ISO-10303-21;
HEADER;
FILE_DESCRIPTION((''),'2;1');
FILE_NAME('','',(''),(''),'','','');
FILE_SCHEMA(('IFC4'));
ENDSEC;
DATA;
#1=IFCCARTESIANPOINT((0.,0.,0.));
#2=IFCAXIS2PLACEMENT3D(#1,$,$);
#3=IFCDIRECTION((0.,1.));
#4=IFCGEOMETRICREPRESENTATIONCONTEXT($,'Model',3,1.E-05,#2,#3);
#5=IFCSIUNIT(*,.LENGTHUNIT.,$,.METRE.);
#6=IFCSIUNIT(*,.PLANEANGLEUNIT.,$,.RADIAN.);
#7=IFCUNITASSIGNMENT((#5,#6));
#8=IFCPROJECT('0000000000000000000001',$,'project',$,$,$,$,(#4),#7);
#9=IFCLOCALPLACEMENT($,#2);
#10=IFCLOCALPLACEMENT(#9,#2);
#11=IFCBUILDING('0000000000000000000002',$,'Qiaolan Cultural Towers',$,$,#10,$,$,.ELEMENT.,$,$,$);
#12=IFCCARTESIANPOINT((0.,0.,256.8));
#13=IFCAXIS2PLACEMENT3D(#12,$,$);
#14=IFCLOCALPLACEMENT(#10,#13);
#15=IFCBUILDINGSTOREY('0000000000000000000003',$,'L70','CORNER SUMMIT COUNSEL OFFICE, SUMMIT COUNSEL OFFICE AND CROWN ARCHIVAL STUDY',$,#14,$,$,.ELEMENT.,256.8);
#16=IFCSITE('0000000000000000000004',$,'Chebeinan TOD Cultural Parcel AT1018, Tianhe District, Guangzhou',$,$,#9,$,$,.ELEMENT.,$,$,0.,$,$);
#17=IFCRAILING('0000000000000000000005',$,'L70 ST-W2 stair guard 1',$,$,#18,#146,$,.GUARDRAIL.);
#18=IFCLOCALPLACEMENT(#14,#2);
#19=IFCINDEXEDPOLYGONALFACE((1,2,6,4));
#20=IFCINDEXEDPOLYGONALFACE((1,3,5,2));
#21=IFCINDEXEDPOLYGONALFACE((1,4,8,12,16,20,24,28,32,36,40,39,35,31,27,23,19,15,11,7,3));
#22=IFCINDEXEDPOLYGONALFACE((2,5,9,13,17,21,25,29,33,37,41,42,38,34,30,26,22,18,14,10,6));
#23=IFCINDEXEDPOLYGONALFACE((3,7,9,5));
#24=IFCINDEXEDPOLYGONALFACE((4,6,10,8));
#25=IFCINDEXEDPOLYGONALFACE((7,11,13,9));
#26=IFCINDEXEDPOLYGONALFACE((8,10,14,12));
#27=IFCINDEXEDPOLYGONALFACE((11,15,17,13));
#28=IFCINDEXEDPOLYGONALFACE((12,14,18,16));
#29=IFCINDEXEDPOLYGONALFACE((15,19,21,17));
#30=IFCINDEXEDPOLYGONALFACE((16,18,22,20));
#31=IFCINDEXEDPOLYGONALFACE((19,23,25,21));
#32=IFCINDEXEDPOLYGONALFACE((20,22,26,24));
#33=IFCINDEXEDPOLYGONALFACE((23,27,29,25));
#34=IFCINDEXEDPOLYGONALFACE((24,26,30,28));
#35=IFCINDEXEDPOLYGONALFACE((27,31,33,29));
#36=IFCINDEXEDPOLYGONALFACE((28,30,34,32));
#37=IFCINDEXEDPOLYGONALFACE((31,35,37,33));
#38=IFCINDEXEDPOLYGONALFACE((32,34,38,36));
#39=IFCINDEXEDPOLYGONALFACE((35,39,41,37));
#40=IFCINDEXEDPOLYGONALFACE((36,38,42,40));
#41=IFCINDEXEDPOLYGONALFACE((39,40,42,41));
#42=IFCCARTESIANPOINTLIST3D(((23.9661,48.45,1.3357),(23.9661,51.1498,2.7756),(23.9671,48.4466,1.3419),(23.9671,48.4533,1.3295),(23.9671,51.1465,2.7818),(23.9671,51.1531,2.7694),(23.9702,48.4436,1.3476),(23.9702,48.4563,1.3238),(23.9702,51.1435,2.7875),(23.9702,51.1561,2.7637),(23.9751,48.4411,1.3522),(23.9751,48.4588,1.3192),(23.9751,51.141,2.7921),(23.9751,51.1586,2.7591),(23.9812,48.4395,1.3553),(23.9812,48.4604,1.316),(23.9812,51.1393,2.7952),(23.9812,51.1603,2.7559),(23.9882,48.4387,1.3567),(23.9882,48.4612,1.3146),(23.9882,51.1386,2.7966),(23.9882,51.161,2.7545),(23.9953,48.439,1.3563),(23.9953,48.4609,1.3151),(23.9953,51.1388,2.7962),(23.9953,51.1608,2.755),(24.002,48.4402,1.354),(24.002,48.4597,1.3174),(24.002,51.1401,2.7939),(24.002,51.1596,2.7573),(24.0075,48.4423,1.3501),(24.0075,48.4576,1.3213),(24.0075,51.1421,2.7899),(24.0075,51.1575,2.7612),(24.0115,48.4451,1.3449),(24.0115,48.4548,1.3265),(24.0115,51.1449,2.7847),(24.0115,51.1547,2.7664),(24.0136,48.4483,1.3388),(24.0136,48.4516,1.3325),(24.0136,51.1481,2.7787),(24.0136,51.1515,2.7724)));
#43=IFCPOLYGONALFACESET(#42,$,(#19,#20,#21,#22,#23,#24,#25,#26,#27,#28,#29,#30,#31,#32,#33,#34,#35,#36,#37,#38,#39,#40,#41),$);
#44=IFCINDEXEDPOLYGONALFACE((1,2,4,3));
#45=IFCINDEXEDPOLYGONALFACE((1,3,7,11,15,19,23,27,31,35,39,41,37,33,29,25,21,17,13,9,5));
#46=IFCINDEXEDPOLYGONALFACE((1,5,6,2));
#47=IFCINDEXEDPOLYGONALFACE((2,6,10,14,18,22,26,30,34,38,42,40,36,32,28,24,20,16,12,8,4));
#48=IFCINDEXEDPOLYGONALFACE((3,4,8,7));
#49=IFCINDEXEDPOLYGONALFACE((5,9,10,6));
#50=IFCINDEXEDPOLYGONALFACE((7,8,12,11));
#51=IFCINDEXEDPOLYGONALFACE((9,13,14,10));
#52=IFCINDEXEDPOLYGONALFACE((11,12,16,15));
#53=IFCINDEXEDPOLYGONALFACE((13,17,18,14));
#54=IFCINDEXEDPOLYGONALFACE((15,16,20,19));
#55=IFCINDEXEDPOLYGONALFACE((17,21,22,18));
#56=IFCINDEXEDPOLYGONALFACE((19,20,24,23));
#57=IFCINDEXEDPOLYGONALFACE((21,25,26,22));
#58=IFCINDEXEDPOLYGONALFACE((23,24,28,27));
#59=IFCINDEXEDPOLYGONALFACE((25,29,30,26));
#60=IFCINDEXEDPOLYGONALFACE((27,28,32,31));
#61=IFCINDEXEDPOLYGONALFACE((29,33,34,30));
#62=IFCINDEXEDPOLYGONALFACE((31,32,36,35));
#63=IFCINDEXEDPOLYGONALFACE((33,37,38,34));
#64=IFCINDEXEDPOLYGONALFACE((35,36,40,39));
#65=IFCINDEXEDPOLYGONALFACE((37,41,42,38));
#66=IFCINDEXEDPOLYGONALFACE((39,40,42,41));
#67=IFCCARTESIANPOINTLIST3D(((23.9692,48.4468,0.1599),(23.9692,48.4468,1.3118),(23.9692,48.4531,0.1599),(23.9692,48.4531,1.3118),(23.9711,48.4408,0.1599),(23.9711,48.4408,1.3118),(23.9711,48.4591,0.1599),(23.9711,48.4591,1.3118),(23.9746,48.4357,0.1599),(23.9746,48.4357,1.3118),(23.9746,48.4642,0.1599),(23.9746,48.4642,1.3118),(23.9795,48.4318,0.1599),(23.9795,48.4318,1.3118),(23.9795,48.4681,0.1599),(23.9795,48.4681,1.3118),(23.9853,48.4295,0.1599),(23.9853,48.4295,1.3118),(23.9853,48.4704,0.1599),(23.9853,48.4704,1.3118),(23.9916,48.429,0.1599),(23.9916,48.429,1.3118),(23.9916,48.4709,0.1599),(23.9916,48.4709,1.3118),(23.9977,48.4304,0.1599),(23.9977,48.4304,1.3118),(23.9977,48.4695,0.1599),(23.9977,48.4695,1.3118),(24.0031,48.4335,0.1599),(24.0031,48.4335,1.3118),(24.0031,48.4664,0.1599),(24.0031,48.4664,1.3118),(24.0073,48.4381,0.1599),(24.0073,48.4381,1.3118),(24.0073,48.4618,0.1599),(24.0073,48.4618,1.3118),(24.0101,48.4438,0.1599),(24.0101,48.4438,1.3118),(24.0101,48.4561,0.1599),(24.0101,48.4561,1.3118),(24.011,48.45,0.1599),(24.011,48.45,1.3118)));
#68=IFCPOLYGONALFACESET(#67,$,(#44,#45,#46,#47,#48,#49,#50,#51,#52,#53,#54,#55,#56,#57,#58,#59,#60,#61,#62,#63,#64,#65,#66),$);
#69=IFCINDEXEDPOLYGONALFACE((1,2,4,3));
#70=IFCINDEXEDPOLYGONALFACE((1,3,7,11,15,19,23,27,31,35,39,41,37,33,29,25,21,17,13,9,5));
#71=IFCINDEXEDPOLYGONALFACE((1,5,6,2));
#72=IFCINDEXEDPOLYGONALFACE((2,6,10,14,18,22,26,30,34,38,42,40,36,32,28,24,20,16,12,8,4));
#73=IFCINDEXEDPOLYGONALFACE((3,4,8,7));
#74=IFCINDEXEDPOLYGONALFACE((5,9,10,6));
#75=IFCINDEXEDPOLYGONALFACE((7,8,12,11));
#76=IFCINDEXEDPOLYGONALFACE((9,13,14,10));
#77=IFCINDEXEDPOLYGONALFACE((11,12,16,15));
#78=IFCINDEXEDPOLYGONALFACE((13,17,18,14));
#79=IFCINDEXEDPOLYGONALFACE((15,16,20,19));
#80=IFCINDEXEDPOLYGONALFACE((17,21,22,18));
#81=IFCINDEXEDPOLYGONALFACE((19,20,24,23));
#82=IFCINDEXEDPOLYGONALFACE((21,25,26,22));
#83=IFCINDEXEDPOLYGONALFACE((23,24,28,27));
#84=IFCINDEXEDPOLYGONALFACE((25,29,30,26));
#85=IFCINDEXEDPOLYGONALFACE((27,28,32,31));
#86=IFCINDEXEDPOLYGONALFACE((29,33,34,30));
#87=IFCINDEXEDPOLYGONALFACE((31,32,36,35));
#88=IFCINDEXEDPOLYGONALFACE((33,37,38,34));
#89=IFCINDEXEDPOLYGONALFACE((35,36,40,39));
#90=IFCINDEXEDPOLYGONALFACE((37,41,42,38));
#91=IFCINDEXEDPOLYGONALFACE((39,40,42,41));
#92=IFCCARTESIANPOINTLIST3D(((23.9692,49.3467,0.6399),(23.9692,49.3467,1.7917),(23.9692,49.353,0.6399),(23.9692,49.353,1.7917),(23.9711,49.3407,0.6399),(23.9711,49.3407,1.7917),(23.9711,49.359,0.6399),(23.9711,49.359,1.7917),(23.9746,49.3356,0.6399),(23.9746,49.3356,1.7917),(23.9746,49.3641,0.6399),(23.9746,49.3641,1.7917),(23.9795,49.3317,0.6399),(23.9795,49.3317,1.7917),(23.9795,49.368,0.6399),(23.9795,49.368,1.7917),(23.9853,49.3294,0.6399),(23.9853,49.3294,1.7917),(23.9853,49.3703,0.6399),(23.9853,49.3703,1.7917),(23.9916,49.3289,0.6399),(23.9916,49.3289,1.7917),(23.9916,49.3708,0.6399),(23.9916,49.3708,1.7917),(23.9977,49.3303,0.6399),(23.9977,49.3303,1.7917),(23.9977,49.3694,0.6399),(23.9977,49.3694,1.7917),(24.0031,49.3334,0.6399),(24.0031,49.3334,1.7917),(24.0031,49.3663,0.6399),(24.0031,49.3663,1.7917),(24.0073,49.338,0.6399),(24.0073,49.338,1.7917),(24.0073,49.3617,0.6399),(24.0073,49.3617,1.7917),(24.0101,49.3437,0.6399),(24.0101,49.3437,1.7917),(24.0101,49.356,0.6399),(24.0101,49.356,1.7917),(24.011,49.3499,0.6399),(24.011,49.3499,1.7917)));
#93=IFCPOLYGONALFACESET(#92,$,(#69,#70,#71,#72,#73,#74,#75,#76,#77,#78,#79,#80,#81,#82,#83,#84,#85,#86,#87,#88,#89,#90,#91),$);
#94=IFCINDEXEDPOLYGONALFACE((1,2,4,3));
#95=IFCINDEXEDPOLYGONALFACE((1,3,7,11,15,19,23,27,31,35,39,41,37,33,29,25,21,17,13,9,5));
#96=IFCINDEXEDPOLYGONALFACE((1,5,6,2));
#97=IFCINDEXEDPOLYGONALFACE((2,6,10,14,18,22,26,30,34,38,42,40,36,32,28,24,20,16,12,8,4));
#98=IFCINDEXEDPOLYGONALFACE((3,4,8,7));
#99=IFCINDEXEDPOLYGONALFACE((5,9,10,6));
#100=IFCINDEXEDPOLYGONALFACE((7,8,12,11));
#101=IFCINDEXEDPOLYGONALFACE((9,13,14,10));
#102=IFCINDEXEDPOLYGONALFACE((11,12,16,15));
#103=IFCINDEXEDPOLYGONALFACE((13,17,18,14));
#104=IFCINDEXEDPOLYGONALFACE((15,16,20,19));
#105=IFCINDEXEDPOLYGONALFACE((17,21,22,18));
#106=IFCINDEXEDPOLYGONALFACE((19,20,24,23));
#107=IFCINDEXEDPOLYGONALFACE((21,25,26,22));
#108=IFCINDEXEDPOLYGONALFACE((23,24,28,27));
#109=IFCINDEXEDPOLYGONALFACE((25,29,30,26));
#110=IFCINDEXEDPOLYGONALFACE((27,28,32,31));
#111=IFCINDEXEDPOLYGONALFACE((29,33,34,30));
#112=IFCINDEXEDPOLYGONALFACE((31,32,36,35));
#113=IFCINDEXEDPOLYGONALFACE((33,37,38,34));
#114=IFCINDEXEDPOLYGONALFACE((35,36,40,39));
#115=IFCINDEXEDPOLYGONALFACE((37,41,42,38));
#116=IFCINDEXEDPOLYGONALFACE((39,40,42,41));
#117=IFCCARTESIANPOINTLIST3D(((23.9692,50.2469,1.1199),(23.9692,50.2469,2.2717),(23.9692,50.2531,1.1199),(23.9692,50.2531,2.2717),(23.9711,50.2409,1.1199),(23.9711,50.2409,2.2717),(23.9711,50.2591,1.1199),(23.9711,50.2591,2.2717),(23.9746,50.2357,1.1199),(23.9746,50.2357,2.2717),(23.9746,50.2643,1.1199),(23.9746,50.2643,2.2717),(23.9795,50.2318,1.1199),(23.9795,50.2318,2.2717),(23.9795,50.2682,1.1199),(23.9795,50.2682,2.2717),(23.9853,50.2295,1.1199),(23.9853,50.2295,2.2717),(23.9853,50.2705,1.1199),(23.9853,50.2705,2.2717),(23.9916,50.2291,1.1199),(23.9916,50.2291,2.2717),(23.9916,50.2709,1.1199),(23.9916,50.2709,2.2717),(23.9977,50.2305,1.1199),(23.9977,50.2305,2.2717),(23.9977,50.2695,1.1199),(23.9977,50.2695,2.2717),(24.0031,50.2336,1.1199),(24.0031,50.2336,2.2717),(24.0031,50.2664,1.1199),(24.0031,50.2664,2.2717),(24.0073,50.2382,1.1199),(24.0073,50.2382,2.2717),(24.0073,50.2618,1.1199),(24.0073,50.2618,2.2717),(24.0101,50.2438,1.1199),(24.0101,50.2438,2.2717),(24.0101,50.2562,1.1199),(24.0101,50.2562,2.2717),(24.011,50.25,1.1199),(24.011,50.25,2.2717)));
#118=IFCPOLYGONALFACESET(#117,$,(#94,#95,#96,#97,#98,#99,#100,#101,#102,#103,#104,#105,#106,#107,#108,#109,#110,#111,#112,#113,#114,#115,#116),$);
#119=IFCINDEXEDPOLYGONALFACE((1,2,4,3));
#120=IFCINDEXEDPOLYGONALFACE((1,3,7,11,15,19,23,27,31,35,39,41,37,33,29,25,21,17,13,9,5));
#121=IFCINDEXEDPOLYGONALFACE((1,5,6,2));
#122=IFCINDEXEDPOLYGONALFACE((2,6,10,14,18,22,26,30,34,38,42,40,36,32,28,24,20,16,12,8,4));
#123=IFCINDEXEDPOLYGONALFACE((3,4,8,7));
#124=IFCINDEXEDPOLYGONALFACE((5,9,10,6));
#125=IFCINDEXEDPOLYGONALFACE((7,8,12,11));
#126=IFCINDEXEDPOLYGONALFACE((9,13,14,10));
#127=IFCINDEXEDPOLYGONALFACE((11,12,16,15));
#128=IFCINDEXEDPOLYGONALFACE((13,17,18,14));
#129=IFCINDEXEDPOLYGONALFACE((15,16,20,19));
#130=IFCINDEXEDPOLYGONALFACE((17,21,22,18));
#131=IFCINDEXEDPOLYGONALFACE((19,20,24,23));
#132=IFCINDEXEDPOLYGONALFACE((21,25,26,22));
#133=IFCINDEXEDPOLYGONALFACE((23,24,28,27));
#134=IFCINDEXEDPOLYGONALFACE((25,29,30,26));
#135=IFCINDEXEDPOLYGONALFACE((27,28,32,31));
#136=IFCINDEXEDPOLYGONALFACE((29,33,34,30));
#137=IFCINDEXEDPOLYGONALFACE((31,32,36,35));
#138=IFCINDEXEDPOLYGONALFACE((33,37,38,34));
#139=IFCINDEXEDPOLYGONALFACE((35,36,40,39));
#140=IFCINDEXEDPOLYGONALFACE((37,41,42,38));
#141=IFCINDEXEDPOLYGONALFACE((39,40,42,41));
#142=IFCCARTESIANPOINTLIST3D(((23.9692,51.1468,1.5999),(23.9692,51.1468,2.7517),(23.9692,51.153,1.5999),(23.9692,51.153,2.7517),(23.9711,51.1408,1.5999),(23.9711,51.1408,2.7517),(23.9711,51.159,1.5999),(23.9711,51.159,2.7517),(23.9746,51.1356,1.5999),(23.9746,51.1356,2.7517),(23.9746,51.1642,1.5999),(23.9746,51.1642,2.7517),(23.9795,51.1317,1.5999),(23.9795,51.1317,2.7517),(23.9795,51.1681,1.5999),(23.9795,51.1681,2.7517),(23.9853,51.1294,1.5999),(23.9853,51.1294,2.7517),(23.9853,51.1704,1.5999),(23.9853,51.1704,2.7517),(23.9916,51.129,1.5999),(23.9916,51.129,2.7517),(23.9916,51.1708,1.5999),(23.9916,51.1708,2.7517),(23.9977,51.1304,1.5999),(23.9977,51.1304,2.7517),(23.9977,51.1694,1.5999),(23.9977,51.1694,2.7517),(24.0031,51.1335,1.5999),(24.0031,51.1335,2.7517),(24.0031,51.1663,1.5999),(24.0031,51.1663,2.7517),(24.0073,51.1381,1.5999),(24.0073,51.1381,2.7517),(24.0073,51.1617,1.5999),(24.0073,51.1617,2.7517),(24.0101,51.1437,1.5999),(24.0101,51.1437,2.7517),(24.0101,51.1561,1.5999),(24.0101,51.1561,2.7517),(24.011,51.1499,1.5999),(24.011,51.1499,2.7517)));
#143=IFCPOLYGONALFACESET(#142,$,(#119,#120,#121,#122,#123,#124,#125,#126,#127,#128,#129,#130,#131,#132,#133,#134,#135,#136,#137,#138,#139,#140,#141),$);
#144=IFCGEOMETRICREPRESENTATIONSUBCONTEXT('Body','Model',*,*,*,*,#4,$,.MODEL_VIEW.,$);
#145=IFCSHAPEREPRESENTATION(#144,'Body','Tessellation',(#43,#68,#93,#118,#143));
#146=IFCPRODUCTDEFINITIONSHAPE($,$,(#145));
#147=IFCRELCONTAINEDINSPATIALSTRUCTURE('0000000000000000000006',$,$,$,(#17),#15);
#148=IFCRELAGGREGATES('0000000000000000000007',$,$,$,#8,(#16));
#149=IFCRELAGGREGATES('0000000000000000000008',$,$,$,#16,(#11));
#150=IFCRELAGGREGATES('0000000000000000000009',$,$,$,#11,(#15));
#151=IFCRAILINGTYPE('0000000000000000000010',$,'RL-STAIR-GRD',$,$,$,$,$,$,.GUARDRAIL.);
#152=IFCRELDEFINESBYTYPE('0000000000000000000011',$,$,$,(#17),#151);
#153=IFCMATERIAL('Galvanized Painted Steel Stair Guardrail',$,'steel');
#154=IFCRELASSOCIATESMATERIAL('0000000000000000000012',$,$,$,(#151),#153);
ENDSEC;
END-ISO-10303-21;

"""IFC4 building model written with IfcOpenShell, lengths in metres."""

from ifc_helpers import new_model, si_unit, direction, frame, origin, origin_2d, place, context, subcontext, project, spatial, circle, extrude, material, type_object, element, save


model = new_model("IFC4")

# Units and contexts
model_context = context("Model", 3, precision=1e-05, world=origin(), true_north=direction((0.0, 1.0)))
body_context = subcontext(model_context, "Body", "Model", "MODEL_VIEW")
ifc_project = project(units=[si_unit("LENGTHUNIT", "METRE"), si_unit("PLANEANGLEUNIT", "RADIAN")], contexts=[model_context])

# Site, building, storey
site_placement = place(None, origin())
site = spatial("IfcSite", under=ifc_project, at=site_placement, Name="Chebeinan TOD Cultural Parcel AT1018, Tianhe District, Guangzhou", CompositionType="ELEMENT", RefElevation=0.0)
building_placement = place(site_placement, origin())
building = spatial("IfcBuilding", under=site, at=building_placement, Name="Qiaolan Cultural Towers", CompositionType="ELEMENT")
storey_placement = place(building_placement, frame((0.0, 0.0, 256.8)))
storey = spatial("IfcBuildingStorey", under=building, at=storey_placement, Name="L70", Description="CORNER SUMMIT COUNSEL OFFICE, SUMMIT COUNSEL OFFICE AND CROWN ARCHIVAL STUDY", CompositionType="ELEMENT", Elevation=256.8)

# Railing
ifc_material_1 = material(Name="Galvanized Painted Steel Stair Guardrail", Category="steel")
railing_type_1 = type_object("IfcRailingType", Name="RL-STAIR-GRD", PredefinedType="GUARDRAIL", material=ifc_material_1)
railing_1_placement = place(storey_placement, frame((23.99, 48.45, 0.1599)))
element("IfcRailing", 1, at=railing_1_placement, inside=storey, type_object=railing_type_1, Name="L70 ST-W2 stair guard 1", PredefinedType="GUARDRAIL", context=body_context, shape_type="SweptSolid", body=[
    extrude(circle(Radius=0.0239, at=origin_2d()), frame((0.0, 0.0, 1.1758), z_axis=(0.0, 0.882357, 0.47058), x_axis=(-1.0, 0.0, 0.0)), (0.0, 0.0, 1.0), 3.0598),
    extrude(circle(Radius=0.021, at=origin_2d()), origin(), (0.0, 0.0, 1.0), 1.1519),
    extrude(circle(Radius=0.021, at=origin_2d()), frame((0.0, 0.8999, 0.48)), (0.0, 0.0, 1.0), 1.1519),
    extrude(circle(Radius=0.021, at=origin_2d()), frame((0.0, 1.8, 0.96)), (0.0, 0.0, 1.0), 1.1519),
    extrude(circle(Radius=0.021, at=origin_2d()), frame((0.0, 2.7, 1.4399)), (0.0, 0.0, 1.0), 1.1519),
])

save(model, "model.ifc")
